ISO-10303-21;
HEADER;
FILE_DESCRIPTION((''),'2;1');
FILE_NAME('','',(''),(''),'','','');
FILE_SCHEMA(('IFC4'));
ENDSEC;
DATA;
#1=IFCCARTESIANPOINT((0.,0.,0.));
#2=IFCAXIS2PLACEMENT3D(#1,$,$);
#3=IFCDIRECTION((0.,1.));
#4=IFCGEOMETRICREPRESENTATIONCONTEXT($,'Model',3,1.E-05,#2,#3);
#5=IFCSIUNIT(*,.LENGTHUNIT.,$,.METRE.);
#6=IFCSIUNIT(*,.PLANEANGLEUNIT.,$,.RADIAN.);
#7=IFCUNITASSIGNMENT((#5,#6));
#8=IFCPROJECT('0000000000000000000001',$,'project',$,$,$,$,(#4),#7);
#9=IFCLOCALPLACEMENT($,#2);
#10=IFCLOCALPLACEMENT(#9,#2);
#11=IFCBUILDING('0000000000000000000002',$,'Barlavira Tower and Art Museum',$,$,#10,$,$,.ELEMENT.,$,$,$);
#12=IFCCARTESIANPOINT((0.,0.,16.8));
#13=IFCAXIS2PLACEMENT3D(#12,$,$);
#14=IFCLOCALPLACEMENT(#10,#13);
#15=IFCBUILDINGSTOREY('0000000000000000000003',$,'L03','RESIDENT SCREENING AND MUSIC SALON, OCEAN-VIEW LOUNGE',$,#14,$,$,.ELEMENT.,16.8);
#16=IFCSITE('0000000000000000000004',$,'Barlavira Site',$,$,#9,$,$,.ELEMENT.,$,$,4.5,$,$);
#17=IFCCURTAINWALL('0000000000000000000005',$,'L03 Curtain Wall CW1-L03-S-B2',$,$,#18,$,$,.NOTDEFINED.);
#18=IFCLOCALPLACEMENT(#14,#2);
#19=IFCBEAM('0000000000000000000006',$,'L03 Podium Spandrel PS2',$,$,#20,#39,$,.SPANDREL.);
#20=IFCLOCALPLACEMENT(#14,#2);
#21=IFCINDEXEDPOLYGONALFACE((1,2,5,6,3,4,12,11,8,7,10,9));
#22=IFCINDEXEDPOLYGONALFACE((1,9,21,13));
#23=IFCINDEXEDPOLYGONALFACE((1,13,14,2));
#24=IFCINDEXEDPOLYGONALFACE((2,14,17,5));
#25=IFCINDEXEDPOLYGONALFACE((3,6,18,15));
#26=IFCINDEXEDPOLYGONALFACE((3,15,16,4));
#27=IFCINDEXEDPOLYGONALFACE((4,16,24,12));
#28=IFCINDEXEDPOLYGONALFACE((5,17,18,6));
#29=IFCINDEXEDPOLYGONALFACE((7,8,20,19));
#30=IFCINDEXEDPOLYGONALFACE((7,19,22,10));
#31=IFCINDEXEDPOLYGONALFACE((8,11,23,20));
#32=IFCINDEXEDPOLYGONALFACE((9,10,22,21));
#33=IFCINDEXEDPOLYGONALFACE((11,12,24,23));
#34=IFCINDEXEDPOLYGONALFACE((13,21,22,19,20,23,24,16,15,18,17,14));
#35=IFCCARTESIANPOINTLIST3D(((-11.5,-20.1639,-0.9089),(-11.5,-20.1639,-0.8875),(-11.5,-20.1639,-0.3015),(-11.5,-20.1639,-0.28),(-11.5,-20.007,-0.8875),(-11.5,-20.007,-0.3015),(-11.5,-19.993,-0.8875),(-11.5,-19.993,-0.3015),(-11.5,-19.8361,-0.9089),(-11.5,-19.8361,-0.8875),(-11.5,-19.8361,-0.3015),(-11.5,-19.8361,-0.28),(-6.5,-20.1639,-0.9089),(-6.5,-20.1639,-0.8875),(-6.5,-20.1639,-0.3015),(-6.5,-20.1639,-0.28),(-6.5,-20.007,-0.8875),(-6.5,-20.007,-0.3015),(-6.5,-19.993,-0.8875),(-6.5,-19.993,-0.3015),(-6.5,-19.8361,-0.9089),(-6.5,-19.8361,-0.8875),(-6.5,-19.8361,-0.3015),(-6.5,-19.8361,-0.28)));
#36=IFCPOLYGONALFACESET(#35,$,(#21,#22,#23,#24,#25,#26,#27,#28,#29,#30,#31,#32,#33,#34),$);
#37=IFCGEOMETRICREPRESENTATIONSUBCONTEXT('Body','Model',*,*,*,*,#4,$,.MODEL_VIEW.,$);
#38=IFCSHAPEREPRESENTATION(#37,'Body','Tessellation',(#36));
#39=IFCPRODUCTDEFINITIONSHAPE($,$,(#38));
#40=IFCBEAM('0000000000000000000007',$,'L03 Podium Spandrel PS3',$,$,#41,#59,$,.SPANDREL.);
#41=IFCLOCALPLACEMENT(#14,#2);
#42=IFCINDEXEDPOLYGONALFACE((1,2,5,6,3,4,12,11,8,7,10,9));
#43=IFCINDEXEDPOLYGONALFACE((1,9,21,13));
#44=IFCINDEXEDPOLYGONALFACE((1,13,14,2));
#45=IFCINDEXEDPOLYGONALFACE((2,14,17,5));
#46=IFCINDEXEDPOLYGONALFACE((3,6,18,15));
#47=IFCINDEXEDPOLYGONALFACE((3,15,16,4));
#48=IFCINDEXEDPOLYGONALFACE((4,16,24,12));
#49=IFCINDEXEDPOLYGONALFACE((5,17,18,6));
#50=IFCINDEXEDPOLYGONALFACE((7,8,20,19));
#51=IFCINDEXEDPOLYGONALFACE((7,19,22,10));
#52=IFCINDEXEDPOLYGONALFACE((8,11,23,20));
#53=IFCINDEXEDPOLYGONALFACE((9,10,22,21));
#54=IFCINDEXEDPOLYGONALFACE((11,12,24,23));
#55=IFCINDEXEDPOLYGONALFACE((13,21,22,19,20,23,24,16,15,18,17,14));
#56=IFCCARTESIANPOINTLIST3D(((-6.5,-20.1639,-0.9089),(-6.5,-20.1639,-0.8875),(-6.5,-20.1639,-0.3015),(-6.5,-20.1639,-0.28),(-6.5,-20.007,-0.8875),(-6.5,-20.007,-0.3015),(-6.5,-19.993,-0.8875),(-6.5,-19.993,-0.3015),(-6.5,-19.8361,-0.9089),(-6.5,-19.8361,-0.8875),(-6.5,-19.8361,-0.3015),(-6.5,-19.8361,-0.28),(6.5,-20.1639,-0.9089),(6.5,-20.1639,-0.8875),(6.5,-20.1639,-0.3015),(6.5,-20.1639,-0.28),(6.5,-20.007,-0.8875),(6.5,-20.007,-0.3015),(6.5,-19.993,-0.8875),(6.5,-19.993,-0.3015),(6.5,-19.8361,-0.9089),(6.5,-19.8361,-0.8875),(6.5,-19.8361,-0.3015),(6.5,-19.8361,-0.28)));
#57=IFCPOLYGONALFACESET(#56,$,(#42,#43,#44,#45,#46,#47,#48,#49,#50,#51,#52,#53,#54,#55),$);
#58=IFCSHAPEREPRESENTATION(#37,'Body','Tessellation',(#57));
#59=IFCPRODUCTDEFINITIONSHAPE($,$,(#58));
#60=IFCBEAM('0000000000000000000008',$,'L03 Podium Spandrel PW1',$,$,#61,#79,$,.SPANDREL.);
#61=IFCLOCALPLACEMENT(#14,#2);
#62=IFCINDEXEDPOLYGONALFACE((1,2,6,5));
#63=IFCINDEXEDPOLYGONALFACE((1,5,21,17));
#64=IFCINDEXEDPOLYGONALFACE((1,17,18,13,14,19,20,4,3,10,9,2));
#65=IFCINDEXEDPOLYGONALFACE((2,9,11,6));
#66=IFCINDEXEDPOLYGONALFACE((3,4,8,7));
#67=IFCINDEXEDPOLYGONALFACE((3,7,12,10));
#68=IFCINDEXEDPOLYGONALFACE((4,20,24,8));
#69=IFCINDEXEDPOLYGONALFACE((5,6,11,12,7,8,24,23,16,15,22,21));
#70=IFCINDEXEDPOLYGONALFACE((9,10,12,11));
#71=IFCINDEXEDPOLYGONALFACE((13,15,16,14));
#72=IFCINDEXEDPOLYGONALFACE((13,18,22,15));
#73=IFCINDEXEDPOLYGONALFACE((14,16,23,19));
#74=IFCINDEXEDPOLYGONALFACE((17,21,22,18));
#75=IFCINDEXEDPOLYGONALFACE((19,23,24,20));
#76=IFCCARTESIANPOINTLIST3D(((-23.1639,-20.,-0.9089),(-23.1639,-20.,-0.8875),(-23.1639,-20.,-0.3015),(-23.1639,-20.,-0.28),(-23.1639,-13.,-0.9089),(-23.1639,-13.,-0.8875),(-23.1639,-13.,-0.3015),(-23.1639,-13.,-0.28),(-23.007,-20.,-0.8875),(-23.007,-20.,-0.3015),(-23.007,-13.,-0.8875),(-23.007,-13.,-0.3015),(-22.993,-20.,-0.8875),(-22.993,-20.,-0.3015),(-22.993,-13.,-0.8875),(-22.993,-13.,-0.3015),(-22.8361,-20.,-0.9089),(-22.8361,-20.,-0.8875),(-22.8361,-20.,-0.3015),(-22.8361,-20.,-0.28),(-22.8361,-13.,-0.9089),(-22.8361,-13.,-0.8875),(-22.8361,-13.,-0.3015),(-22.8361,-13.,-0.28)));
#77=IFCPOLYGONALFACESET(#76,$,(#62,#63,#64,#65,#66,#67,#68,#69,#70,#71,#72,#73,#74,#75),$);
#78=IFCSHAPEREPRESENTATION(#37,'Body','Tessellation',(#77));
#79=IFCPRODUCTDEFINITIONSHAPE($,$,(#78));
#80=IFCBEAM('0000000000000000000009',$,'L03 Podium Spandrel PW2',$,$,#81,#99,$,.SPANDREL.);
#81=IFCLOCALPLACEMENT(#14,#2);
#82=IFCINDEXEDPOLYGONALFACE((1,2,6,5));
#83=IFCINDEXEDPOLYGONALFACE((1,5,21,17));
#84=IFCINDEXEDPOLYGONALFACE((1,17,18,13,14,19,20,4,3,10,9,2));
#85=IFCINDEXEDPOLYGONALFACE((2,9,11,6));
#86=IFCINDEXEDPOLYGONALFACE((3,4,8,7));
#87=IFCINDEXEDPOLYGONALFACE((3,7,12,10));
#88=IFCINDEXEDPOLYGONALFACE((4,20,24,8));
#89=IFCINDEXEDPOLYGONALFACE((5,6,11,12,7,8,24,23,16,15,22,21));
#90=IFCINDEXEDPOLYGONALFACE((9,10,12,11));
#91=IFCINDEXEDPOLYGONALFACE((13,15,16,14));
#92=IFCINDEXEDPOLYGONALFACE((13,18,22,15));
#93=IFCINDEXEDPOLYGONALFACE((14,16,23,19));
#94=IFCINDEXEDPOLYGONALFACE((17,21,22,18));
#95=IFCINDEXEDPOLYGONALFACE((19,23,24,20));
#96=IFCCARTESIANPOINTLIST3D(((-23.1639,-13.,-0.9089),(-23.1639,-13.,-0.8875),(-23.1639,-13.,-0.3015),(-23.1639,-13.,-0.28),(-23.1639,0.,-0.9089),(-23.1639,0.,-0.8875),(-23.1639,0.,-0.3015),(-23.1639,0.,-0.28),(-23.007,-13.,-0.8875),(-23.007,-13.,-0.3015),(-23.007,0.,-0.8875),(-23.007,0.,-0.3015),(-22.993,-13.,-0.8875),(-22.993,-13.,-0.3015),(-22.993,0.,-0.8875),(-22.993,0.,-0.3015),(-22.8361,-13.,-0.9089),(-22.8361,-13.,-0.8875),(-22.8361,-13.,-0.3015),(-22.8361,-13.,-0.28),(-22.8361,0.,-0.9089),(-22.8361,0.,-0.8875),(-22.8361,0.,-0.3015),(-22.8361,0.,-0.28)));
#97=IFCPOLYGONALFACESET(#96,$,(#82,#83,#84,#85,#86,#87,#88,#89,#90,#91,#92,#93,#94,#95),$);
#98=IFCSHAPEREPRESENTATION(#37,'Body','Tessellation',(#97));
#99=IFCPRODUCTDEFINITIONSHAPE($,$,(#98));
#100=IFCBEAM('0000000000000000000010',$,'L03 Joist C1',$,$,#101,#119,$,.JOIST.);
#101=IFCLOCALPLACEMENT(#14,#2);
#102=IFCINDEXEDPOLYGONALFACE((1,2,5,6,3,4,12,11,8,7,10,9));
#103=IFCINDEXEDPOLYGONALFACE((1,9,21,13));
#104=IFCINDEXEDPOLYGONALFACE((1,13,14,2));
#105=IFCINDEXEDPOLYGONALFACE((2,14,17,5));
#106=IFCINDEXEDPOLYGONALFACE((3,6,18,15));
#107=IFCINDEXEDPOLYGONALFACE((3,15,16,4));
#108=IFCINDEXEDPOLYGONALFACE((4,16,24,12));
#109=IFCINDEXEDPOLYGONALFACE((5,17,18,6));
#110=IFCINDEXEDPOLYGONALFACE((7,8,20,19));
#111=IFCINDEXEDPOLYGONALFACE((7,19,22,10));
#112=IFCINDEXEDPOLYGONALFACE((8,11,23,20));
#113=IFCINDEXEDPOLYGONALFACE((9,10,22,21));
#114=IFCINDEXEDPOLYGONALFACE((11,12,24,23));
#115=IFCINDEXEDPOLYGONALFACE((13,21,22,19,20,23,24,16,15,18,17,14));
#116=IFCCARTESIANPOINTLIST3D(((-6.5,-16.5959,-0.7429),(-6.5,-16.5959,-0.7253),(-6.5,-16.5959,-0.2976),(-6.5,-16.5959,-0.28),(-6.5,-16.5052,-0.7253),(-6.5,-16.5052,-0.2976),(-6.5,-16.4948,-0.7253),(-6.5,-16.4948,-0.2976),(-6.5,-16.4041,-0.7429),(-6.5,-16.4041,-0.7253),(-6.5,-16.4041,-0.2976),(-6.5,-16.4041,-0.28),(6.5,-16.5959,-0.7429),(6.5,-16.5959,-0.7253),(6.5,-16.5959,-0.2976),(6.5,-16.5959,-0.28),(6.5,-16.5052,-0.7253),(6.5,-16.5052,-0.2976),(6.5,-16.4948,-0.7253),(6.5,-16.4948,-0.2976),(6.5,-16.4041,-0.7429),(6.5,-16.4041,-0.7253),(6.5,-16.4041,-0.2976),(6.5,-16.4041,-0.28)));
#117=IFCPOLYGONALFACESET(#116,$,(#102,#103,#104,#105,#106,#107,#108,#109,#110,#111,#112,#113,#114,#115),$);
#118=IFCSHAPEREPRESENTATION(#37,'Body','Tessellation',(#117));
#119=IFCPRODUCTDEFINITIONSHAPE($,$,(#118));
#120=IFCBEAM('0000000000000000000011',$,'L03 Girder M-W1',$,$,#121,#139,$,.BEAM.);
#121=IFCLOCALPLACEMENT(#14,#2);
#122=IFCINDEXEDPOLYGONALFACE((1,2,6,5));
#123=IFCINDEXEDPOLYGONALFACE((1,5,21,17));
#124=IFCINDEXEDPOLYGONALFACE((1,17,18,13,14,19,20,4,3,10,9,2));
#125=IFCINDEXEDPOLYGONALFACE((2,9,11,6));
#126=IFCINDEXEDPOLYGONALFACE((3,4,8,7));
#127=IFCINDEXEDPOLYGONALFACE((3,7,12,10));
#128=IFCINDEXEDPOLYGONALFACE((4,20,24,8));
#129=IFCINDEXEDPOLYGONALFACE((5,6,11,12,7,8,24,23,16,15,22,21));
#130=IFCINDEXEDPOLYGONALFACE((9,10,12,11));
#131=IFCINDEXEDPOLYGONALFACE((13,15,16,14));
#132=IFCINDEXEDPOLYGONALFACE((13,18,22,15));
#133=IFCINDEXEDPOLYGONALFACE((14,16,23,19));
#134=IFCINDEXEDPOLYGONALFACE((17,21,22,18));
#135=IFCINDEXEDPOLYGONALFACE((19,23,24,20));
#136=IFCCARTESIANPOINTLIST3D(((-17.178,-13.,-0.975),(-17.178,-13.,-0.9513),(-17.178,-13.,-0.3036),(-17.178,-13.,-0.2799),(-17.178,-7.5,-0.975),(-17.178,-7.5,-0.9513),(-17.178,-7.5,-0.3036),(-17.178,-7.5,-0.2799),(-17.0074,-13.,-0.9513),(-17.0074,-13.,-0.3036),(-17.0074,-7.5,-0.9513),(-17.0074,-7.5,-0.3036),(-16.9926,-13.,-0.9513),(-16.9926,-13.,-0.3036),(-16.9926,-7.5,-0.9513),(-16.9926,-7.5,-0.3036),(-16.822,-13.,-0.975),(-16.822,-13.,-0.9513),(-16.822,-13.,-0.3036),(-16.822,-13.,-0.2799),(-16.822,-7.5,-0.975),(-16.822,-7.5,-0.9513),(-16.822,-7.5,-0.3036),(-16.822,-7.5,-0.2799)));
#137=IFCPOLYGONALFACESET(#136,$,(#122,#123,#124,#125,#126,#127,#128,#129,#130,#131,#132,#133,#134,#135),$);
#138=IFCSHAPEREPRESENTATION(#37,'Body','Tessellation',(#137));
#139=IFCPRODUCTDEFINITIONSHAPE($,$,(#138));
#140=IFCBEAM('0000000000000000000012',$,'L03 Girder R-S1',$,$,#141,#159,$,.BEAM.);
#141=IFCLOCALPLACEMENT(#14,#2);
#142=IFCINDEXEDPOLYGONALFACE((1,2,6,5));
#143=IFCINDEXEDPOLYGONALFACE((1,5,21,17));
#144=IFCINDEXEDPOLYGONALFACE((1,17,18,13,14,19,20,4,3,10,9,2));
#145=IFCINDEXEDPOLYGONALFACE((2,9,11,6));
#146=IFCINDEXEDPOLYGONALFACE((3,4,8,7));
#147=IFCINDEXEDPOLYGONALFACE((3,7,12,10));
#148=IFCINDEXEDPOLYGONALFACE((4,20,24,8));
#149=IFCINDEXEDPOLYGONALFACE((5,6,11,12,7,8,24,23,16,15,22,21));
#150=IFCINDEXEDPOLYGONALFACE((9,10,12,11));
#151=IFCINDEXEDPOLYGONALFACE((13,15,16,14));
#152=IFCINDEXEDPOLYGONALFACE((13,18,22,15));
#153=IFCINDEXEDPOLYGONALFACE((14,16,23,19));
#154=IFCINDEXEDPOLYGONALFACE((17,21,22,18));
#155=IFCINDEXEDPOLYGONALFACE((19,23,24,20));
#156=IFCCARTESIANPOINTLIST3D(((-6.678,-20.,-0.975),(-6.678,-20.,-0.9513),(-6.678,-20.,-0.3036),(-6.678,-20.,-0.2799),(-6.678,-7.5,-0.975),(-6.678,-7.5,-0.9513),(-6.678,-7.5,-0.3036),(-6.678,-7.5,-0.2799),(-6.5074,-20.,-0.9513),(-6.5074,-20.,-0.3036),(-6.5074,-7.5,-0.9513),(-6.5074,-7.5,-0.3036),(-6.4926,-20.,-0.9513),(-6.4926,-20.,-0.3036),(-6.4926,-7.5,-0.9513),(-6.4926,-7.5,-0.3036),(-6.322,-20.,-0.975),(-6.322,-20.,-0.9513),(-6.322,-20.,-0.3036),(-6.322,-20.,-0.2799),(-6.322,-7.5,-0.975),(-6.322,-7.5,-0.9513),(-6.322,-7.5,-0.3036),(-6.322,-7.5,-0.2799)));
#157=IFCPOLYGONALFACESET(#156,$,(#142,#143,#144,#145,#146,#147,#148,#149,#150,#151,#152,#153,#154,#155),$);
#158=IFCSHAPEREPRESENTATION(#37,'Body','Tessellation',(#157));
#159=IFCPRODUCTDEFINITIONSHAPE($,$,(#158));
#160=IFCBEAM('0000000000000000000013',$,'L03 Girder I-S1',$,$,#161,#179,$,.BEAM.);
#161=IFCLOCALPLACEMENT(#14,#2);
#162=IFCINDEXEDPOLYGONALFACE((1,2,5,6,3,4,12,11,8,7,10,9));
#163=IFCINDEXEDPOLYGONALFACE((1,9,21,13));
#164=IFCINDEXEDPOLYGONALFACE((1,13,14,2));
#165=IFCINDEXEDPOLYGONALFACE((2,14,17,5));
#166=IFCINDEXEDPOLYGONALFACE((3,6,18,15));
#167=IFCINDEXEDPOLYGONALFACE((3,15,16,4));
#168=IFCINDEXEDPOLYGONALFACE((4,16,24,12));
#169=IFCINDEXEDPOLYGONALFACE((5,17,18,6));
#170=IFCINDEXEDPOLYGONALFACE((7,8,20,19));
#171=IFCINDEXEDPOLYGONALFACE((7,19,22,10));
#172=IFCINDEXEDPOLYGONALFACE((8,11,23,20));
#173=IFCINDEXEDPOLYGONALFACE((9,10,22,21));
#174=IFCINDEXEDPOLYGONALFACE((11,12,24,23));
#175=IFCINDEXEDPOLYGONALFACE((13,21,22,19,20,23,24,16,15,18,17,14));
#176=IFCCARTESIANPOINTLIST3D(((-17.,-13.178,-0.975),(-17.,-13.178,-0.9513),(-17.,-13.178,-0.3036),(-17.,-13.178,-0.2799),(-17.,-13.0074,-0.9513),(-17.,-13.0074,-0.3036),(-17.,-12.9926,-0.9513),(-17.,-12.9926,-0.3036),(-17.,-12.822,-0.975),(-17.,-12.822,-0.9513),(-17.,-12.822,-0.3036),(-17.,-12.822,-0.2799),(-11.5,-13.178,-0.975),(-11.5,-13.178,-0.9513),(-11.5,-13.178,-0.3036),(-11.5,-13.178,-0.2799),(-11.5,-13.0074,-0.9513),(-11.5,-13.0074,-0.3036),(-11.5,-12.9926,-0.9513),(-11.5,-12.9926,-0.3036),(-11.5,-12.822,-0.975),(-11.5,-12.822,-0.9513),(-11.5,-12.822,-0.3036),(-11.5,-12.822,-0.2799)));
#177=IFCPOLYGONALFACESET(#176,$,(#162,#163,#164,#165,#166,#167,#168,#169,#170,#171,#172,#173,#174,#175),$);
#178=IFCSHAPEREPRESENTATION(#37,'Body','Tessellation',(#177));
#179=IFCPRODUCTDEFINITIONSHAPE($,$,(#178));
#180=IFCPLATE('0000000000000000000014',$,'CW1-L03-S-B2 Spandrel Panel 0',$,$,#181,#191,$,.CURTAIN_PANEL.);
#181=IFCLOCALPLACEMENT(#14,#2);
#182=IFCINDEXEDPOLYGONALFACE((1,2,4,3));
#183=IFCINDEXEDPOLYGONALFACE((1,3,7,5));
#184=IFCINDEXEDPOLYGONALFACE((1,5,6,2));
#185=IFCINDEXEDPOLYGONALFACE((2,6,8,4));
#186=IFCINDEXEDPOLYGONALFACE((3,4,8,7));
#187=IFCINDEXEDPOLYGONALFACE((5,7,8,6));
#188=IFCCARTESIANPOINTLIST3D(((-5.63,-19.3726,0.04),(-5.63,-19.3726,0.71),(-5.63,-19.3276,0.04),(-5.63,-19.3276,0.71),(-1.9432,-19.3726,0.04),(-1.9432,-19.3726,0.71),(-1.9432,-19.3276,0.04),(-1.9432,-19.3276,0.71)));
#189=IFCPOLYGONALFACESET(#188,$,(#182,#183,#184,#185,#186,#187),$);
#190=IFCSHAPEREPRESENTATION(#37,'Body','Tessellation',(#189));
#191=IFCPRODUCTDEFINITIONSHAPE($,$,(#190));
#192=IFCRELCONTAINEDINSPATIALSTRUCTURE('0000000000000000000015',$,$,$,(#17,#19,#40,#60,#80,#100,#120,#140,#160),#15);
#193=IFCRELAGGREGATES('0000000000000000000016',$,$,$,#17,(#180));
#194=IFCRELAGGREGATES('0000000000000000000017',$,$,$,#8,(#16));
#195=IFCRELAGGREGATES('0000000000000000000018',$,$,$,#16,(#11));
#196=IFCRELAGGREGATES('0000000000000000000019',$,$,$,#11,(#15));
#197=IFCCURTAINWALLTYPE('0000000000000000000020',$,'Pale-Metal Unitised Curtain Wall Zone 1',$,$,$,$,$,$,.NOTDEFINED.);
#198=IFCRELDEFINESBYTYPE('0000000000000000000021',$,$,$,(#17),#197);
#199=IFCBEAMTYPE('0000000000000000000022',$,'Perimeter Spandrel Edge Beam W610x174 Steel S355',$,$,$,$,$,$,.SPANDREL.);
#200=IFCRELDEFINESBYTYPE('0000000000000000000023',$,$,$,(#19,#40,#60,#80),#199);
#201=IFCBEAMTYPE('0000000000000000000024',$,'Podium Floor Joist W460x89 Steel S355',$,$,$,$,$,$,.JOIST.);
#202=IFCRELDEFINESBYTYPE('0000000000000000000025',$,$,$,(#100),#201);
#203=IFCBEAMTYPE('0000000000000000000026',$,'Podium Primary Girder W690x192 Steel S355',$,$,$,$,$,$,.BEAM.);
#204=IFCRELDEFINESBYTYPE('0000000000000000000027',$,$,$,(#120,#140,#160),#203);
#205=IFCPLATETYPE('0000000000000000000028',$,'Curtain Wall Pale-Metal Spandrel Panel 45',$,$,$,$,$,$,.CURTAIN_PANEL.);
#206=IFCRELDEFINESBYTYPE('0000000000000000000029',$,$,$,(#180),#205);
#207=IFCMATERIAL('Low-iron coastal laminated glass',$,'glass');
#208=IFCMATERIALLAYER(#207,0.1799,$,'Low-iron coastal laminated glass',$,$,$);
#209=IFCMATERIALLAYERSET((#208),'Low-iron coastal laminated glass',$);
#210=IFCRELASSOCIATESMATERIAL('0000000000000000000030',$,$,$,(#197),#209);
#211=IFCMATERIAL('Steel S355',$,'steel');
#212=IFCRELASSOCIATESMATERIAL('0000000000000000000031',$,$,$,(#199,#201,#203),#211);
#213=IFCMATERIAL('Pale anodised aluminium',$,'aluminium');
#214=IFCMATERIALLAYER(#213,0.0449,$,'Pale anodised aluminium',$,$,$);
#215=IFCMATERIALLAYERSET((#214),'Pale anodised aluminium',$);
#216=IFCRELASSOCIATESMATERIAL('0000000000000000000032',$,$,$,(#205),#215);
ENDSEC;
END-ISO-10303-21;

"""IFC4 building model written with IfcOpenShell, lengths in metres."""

from ifc_helpers import new_model, si_unit, direction, frame, origin, origin_2d, place, context, subcontext, project, spatial, rectangle, i_section, extrude, material, layer, layer_set, material_profile, profile_set, type_object, element, aggregate, save


model = new_model("IFC4")

# Units and contexts
model_context = context("Model", 3, precision=1e-05, world=origin(), true_north=direction((0.0, 1.0)))
body_context = subcontext(model_context, "Body", "Model", "MODEL_VIEW")
ifc_project = project(units=[si_unit("LENGTHUNIT", "METRE"), si_unit("PLANEANGLEUNIT", "RADIAN")], contexts=[model_context])

# Site, building, storey
site_placement = place(None, origin())
site = spatial("IfcSite", under=ifc_project, at=site_placement, Name="Barlavira Site", CompositionType="ELEMENT", RefElevation=4.5)
building_placement = place(site_placement, origin())
building = spatial("IfcBuilding", under=site, at=building_placement, Name="Barlavira Tower and Art Museum", CompositionType="ELEMENT")
storey_placement = place(building_placement, frame((0.0, 0.0, 16.8)))
storey = spatial("IfcBuildingStorey", under=building, at=storey_placement, Name="L03", Description="RESIDENT SCREENING AND MUSIC SALON, OCEAN-VIEW LOUNGE", CompositionType="ELEMENT", Elevation=16.8)

# Curtain wall
ifc_material_1 = material(Name="Low-iron coastal laminated glass", Category="glass")
ifc_layer_1 = layer(ifc_material_1, 0.1799, Name="Low-iron coastal laminated glass")
ifc_layer_set_1 = layer_set([ifc_layer_1], Name="Low-iron coastal laminated glass")
curtain_wall_type = type_object("IfcCurtainWallType", Name="Pale-Metal Unitised Curtain Wall Zone 1", PredefinedType="NOTDEFINED", material=ifc_layer_set_1)
curtain_wall_placement = place(storey_placement, origin())
curtain_wall = element("IfcCurtainWall", 1, at=curtain_wall_placement, inside=storey, type_object=curtain_wall_type, Name="L03 Curtain Wall CW1-L03-S-B2", PredefinedType="NOTDEFINED")
ifc_material_2 = material(Name="Pale anodised aluminium", Category="aluminium")

# Beams
ifc_material_3 = material(Name="Steel S355", Category="steel")
ifc_material_profile_1 = material_profile(ifc_material_3, i_section(OverallWidth=0.3279, OverallDepth=0.6289, WebThickness=0.0139, FlangeThickness=0.0215, at=origin_2d()), Name="W610x174.0")
ifc_profile_set_1 = profile_set([ifc_material_profile_1], Name="Steel S355")
beam_type_1 = type_object("IfcBeamType", Name="Perimeter Spandrel Edge Beam W610x174 Steel S355", PredefinedType="SPANDREL", material=ifc_profile_set_1)
beam_1_placement = place(storey_placement, frame((-11.5, -20.0, -0.5945), z_axis=(1.0, 0.0, 0.0), x_axis=(0.0, 1.0, 0.0)))
element("IfcBeam", 2, at=beam_1_placement, inside=storey, type_object=beam_type_1, Name="L03 Podium Spandrel PS2", PredefinedType="SPANDREL", context=body_context, shape_type="SweptSolid", body=[
    extrude(i_section(OverallWidth=0.3279, OverallDepth=0.6289, WebThickness=0.0139, FlangeThickness=0.0215, at=origin_2d()), origin(), (0.0, 0.0, 1.0), 5.0),
])
beam_2_placement = place(storey_placement, frame((-6.5, -20.0, -0.5945), z_axis=(1.0, 0.0, 0.0), x_axis=(0.0, 1.0, 0.0)))
element("IfcBeam", 3, at=beam_2_placement, inside=storey, type_object=beam_type_1, Name="L03 Podium Spandrel PS3", PredefinedType="SPANDREL", context=body_context, shape_type="SweptSolid", body=[
    extrude(i_section(OverallWidth=0.3279, OverallDepth=0.6289, WebThickness=0.0139, FlangeThickness=0.0215, at=origin_2d()), origin(), (0.0, 0.0, 1.0), 13.0),
])
beam_3_placement = place(storey_placement, frame((-23.0, -20.0, -0.5945), z_axis=(0.0, 1.0, 0.0), x_axis=(-1.0, 0.0, 0.0)))
element("IfcBeam", 4, at=beam_3_placement, inside=storey, type_object=beam_type_1, Name="L03 Podium Spandrel PW1", PredefinedType="SPANDREL", context=body_context, shape_type="SweptSolid", body=[
    extrude(i_section(OverallWidth=0.3279, OverallDepth=0.6289, WebThickness=0.0139, FlangeThickness=0.0215, at=origin_2d()), origin(), (0.0, 0.0, 1.0), 7.0),
])
beam_4_placement = place(storey_placement, frame((-23.0, -13.0, -0.5945), z_axis=(0.0, 1.0, 0.0), x_axis=(-1.0, 0.0, 0.0)))
element("IfcBeam", 5, at=beam_4_placement, inside=storey, type_object=beam_type_1, Name="L03 Podium Spandrel PW2", PredefinedType="SPANDREL", context=body_context, shape_type="SweptSolid", body=[
    extrude(i_section(OverallWidth=0.3279, OverallDepth=0.6289, WebThickness=0.0139, FlangeThickness=0.0215, at=origin_2d()), origin(), (0.0, 0.0, 1.0), 13.0),
])
ifc_material_profile_2 = material_profile(ifc_material_3, i_section(OverallWidth=0.1919, OverallDepth=0.4629, WebThickness=0.0105, FlangeThickness=0.0176, at=origin_2d()), Name="W460x89.0")
ifc_profile_set_2 = profile_set([ifc_material_profile_2], Name="Steel S355")
beam_type_2 = type_object("IfcBeamType", Name="Podium Floor Joist W460x89 Steel S355", PredefinedType="JOIST", material=ifc_profile_set_2)
beam_5_placement = place(storey_placement, frame((-6.5, -16.5, -0.5115), z_axis=(1.0, 0.0, 0.0), x_axis=(0.0, 1.0, 0.0)))
element("IfcBeam", 6, at=beam_5_placement, inside=storey, type_object=beam_type_2, Name="L03 Joist C1", PredefinedType="JOIST", context=body_context, shape_type="SweptSolid", body=[
    extrude(i_section(OverallWidth=0.1919, OverallDepth=0.4629, WebThickness=0.0105, FlangeThickness=0.0176, at=origin_2d()), origin(), (0.0, 0.0, 1.0), 13.0),
])
ifc_material_profile_3 = material_profile(ifc_material_3, i_section(OverallWidth=0.356, OverallDepth=0.6951, WebThickness=0.0149, FlangeThickness=0.0237, at=origin_2d()), Name="W690x192.0")
ifc_profile_set_3 = profile_set([ifc_material_profile_3], Name="Steel S355")
beam_type_3 = type_object("IfcBeamType", Name="Podium Primary Girder W690x192 Steel S355", PredefinedType="BEAM", material=ifc_profile_set_3)
beam_6_placement = place(storey_placement, frame((-17.0, -13.0, -0.6274), z_axis=(0.0, 1.0, 0.0), x_axis=(-1.0, 0.0, 0.0)))
element("IfcBeam", 7, at=beam_6_placement, inside=storey, type_object=beam_type_3, Name="L03 Girder M-W1", PredefinedType="BEAM", context=body_context, shape_type="SweptSolid", body=[
    extrude(i_section(OverallWidth=0.356, OverallDepth=0.6951, WebThickness=0.0149, FlangeThickness=0.0237, at=origin_2d()), origin(), (0.0, 0.0, 1.0), 5.5),
])
beam_7_placement = place(storey_placement, frame((-6.5, -20.0, -0.6274), z_axis=(0.0, 1.0, 0.0), x_axis=(-1.0, 0.0, 0.0)))
element("IfcBeam", 8, at=beam_7_placement, inside=storey, type_object=beam_type_3, Name="L03 Girder R-S1", PredefinedType="BEAM", context=body_context, shape_type="SweptSolid", body=[
    extrude(i_section(OverallWidth=0.356, OverallDepth=0.6951, WebThickness=0.0149, FlangeThickness=0.0237, at=origin_2d()), origin(), (0.0, 0.0, 1.0), 12.5),
])
beam_8_placement = place(storey_placement, frame((-17.0, -13.0, -0.6274), z_axis=(1.0, 0.0, 0.0), x_axis=(0.0, 1.0, 0.0)))
element("IfcBeam", 9, at=beam_8_placement, inside=storey, type_object=beam_type_3, Name="L03 Girder I-S1", PredefinedType="BEAM", context=body_context, shape_type="SweptSolid", body=[
    extrude(i_section(OverallWidth=0.356, OverallDepth=0.6951, WebThickness=0.0149, FlangeThickness=0.0237, at=origin_2d()), origin(), (0.0, 0.0, 1.0), 5.5),
])

# Plate
ifc_layer_2 = layer(ifc_material_2, 0.0449, Name="Pale anodised aluminium")
ifc_layer_set_2 = layer_set([ifc_layer_2], Name="Pale anodised aluminium")
plate_type_1 = type_object("IfcPlateType", Name="Curtain Wall Pale-Metal Spandrel Panel 45", PredefinedType="CURTAIN_PANEL", material=ifc_layer_set_2)
plate_1_placement = place(storey_placement, frame((-3.7866, -19.3501, 0.04), z_axis=(0.0, 0.0, 1.0), x_axis=(1.0, 0.0, 0.0)))
plate_1 = element("IfcPlate", 10, at=plate_1_placement, type_object=plate_type_1, Name="CW1-L03-S-B2 Spandrel Panel 0", PredefinedType="CURTAIN_PANEL", context=body_context, shape_type="SweptSolid", body=[
    extrude(rectangle(XDim=3.6868, YDim=0.0449, at=origin_2d()), origin(), (0.0, 0.0, 1.0), 0.6699),
])
aggregate(curtain_wall, [plate_1])

save(model, "model.ifc")
